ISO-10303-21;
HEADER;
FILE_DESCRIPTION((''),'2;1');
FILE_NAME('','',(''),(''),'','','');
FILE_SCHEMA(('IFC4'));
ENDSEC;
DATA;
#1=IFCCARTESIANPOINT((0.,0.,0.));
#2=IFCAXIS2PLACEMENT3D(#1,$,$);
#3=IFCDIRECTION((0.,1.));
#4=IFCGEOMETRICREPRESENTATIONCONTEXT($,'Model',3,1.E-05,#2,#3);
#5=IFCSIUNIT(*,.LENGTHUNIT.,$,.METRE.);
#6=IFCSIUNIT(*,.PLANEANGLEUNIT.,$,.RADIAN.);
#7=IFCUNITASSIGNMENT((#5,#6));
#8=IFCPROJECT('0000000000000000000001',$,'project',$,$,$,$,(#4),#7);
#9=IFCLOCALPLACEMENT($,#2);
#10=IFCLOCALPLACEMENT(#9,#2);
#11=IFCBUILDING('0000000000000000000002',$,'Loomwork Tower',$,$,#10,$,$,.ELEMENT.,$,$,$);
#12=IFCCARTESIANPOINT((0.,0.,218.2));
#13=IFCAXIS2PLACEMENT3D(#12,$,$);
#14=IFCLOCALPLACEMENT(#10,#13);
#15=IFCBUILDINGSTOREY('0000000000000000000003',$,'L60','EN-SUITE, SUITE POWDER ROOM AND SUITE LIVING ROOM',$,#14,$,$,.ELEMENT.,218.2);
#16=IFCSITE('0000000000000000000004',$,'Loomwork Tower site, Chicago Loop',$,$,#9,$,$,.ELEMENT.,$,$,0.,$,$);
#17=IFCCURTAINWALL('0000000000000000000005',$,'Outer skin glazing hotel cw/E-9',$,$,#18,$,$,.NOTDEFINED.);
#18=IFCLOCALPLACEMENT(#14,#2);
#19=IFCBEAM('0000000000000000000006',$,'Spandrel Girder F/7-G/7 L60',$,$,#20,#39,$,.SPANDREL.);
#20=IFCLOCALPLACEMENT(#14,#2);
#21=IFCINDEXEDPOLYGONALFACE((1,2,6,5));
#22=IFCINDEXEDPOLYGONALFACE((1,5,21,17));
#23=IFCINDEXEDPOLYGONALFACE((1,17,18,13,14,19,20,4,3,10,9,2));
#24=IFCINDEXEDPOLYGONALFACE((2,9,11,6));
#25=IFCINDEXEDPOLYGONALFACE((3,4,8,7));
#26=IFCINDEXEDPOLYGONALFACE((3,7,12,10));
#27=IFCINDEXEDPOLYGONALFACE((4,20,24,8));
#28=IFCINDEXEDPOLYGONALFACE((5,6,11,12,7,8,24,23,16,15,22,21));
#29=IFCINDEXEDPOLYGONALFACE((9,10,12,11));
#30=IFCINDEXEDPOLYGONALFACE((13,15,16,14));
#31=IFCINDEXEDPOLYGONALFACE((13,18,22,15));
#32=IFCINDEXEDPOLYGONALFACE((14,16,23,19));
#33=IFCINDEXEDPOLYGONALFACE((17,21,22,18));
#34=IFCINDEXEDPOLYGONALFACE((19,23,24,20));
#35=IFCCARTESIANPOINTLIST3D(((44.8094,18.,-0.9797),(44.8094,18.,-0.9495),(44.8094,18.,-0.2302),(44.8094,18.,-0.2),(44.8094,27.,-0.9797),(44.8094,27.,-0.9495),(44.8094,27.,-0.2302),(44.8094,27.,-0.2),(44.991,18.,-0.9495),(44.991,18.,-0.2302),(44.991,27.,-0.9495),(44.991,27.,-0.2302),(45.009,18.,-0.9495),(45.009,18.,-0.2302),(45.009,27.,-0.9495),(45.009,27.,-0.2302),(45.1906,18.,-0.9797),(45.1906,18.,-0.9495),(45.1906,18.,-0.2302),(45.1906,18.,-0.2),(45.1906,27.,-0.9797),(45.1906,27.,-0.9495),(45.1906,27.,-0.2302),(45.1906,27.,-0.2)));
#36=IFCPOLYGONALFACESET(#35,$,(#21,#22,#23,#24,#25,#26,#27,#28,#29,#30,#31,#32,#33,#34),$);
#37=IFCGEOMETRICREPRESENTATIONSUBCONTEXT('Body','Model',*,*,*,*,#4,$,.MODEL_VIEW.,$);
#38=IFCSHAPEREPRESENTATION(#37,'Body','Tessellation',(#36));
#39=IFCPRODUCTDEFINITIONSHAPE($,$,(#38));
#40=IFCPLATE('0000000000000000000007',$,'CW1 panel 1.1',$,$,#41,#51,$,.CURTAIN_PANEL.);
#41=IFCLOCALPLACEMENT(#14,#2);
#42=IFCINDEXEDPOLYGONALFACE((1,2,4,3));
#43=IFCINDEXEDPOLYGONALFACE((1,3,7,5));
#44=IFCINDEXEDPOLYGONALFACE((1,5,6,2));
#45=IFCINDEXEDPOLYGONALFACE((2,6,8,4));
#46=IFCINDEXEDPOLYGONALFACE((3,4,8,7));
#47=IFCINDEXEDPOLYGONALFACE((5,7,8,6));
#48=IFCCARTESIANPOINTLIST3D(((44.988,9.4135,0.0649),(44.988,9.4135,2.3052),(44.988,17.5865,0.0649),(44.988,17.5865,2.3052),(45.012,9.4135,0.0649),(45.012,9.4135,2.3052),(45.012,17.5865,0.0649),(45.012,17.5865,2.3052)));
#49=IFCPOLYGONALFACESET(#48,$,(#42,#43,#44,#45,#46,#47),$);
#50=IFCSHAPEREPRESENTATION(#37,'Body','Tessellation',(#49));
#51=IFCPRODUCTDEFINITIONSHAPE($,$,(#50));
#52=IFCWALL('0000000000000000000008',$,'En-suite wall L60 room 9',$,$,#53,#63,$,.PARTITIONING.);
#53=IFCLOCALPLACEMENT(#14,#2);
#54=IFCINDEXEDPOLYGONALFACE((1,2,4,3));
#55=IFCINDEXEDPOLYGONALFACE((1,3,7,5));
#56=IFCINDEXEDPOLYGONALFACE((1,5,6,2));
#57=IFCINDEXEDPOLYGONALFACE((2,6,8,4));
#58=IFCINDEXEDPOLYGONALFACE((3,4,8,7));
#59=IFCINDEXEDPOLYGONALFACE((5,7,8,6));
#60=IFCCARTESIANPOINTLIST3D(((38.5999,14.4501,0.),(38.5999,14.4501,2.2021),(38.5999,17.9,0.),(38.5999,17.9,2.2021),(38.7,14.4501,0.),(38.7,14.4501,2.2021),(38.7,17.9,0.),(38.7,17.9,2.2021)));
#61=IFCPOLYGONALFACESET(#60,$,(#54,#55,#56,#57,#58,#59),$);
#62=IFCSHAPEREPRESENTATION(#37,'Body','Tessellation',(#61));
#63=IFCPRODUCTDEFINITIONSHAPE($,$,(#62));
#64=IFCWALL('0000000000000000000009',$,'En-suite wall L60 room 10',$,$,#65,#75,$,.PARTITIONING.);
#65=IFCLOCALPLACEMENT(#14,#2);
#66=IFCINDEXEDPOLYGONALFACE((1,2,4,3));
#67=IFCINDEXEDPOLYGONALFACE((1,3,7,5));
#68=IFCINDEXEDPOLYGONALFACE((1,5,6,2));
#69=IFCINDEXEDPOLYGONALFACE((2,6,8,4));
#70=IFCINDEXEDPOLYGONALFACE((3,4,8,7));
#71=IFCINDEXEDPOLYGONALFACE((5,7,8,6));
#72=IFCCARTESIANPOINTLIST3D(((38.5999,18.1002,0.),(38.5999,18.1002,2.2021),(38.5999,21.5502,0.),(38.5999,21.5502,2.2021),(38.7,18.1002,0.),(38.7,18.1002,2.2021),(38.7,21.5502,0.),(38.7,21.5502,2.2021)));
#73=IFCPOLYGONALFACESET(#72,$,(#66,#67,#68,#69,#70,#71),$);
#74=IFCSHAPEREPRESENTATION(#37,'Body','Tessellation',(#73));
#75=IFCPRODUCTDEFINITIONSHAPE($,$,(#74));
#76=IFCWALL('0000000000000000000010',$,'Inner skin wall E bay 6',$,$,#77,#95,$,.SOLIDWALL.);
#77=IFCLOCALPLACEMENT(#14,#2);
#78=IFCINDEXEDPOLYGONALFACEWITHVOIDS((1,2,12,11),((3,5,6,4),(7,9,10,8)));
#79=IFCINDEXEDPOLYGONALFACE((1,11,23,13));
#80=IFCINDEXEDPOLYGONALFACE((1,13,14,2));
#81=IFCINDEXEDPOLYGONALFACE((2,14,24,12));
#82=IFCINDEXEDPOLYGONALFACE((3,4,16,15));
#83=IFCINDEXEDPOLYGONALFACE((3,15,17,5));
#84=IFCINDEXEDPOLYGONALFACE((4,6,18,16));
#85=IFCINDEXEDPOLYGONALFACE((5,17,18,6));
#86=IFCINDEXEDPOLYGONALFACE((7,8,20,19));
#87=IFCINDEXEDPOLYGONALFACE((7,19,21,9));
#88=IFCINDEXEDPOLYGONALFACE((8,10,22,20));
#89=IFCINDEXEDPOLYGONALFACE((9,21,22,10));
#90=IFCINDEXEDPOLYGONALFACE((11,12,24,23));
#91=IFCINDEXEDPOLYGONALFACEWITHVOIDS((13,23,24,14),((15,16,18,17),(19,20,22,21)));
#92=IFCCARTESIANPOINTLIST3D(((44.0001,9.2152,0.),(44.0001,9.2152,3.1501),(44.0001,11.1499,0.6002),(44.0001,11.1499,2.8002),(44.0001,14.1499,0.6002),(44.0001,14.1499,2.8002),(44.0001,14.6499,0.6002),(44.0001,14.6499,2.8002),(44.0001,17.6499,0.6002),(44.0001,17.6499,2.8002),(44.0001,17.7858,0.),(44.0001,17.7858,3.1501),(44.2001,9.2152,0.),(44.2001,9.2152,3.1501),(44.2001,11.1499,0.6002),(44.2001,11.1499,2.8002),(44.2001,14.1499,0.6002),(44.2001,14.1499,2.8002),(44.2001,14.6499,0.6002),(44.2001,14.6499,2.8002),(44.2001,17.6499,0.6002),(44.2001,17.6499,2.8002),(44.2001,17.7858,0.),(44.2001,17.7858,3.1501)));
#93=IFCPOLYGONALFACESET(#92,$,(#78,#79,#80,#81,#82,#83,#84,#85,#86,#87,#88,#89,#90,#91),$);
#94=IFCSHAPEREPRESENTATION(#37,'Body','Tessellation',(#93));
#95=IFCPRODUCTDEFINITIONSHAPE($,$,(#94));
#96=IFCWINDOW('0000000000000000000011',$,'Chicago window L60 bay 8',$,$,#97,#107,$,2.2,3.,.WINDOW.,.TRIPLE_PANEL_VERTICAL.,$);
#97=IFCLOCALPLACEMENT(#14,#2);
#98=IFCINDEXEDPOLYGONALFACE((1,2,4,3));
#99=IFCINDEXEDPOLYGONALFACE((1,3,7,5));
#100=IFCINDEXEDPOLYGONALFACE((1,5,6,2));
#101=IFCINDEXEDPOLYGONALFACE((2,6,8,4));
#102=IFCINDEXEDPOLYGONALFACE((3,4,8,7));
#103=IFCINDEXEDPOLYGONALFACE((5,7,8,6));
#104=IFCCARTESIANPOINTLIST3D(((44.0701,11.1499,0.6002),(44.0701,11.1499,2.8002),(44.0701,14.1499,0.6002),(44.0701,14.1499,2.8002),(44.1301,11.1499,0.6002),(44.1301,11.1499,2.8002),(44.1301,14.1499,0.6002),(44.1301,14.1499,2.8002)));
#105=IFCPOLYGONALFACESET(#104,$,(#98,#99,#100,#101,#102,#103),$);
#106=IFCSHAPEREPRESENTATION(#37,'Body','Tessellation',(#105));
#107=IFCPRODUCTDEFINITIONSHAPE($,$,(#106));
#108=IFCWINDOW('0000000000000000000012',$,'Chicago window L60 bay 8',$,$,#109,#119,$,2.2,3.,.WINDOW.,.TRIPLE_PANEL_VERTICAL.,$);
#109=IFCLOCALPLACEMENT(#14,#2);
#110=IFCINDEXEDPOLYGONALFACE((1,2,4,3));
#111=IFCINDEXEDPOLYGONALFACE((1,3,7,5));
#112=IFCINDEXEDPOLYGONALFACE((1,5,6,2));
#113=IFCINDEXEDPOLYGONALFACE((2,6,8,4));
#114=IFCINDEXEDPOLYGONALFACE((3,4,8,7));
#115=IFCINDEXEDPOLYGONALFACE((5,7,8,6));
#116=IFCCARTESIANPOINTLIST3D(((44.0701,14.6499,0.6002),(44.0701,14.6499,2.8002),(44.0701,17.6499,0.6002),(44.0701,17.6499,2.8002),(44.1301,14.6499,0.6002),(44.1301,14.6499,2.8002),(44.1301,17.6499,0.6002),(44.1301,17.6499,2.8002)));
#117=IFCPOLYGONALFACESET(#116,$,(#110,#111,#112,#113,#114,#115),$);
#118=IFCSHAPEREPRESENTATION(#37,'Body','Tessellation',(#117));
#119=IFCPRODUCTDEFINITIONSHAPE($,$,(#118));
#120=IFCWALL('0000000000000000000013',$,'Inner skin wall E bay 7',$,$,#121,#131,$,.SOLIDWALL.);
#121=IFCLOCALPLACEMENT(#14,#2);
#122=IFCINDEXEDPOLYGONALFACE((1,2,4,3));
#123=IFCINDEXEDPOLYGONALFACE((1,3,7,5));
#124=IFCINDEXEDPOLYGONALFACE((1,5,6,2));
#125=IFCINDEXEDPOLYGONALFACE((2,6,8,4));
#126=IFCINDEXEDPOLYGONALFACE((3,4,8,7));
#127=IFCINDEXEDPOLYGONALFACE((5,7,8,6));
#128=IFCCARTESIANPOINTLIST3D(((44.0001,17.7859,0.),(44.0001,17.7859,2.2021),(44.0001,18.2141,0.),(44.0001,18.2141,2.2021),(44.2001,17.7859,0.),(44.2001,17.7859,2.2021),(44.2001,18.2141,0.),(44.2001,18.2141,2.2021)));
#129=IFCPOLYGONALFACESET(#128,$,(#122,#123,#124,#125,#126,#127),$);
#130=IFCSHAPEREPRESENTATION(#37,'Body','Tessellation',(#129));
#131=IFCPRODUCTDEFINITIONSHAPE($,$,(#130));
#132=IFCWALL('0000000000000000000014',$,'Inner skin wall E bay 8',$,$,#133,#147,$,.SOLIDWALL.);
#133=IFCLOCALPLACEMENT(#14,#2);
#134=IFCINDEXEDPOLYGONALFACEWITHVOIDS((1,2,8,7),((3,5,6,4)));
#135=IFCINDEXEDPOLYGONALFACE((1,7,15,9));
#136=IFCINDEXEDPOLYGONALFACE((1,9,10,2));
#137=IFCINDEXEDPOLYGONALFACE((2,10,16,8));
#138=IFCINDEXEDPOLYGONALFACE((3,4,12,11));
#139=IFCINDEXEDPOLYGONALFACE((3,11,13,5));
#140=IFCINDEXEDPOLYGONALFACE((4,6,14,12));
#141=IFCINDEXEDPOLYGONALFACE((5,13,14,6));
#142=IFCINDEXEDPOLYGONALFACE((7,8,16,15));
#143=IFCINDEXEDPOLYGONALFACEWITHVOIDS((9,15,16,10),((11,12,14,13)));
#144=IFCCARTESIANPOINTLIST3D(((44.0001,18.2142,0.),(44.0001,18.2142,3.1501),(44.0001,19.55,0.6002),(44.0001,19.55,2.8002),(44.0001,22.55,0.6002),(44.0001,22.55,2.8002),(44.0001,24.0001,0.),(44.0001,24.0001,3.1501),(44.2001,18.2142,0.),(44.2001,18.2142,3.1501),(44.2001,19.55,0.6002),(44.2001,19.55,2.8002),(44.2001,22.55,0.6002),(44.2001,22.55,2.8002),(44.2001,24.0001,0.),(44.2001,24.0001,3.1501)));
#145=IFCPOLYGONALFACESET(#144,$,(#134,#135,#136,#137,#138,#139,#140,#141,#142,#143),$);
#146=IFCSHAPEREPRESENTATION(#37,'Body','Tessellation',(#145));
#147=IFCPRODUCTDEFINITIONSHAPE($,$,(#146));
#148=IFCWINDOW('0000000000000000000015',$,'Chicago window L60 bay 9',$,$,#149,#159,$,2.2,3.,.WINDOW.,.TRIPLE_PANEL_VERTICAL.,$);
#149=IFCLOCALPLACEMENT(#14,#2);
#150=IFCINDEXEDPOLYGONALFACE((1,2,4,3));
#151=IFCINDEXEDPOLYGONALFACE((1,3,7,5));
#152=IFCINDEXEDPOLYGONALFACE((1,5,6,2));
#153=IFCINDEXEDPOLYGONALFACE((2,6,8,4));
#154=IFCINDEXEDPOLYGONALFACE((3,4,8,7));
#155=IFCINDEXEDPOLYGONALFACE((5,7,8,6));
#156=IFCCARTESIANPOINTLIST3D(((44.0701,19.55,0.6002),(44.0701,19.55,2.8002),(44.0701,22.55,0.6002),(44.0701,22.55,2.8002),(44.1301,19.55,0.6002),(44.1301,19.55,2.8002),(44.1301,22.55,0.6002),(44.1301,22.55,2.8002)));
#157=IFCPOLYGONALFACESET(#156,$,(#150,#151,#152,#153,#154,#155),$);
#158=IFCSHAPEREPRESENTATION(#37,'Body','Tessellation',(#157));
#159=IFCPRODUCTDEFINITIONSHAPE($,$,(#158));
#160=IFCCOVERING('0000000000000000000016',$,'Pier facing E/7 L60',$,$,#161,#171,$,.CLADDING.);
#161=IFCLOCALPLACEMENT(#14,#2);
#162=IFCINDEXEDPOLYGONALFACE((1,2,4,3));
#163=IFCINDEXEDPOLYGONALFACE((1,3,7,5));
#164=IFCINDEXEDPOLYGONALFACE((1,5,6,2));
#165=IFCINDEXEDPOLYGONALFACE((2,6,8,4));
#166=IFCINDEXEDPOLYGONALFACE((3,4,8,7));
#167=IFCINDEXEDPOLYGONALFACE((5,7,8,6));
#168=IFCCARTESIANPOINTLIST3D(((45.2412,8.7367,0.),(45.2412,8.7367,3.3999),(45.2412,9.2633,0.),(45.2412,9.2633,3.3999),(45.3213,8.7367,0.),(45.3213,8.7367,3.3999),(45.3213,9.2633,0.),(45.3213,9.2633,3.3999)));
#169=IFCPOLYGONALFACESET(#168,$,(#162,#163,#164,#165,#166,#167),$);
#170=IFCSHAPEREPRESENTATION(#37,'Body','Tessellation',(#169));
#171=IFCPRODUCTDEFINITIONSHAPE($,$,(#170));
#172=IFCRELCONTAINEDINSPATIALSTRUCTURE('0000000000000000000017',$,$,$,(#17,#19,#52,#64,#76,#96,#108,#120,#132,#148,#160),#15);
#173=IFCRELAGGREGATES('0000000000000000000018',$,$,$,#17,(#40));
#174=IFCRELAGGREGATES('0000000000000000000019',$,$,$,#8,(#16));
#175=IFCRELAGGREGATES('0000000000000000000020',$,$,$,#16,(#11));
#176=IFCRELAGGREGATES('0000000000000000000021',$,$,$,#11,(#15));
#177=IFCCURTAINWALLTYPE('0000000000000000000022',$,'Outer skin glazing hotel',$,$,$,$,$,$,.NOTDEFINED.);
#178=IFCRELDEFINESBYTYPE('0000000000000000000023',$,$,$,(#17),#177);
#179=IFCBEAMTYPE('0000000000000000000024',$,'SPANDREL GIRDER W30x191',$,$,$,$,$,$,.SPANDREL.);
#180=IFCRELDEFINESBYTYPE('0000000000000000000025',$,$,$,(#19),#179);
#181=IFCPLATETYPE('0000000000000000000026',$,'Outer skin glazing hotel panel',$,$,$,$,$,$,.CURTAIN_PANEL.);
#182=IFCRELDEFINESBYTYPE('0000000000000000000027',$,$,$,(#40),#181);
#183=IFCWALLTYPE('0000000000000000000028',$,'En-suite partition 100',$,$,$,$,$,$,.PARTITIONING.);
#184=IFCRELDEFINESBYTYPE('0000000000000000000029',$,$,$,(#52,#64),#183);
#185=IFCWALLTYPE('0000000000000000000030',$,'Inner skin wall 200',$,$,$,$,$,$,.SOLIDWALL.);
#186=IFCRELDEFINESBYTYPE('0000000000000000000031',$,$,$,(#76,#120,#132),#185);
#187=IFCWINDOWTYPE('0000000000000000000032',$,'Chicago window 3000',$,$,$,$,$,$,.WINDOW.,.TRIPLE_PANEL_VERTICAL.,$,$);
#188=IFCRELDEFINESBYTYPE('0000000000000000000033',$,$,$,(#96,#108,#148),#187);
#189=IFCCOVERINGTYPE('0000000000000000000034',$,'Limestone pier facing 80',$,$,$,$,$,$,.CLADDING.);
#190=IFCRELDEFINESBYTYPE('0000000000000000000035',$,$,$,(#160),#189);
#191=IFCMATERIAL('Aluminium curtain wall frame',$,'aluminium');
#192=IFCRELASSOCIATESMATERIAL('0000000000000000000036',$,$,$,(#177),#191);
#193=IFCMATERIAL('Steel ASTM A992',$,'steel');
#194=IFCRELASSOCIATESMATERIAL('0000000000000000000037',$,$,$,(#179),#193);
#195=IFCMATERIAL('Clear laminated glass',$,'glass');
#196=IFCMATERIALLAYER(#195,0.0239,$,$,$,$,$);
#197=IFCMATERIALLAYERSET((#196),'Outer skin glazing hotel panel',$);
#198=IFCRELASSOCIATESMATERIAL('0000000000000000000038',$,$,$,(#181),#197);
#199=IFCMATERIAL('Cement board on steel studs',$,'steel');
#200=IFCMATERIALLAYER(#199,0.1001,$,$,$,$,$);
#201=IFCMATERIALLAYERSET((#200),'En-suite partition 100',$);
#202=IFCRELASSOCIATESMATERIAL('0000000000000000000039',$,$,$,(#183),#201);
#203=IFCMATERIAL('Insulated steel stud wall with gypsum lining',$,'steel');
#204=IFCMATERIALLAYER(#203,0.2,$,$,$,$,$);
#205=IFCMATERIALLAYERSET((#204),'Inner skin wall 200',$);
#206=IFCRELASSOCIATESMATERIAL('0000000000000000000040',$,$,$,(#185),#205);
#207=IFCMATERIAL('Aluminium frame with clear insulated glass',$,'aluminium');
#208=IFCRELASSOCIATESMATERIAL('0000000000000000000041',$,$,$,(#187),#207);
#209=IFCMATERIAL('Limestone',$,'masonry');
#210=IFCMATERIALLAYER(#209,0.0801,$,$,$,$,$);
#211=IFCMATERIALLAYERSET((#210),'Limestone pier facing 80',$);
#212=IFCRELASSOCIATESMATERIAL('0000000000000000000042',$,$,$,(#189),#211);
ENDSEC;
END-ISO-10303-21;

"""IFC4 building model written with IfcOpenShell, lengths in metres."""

from ifc_helpers import new_model, si_unit, direction, frame, frame_2d, origin, origin_2d, place, context, subcontext, project, spatial, rectangle, i_section, extrude, material, layer, layer_set, material_profile, profile_set, type_object, element, fill, aggregate, save


model = new_model("IFC4")

# Units and contexts
model_context = context("Model", 3, precision=1e-05, world=origin(), true_north=direction((0.0, 1.0)))
body_context = subcontext(model_context, "Body", "Model", "MODEL_VIEW")
ifc_project = project(units=[si_unit("LENGTHUNIT", "METRE"), si_unit("PLANEANGLEUNIT", "RADIAN")], contexts=[model_context])

# Site, building, storey
site_placement = place(None, origin())
site = spatial("IfcSite", under=ifc_project, at=site_placement, Name="Loomwork Tower site, Chicago Loop", CompositionType="ELEMENT", RefElevation=0.0)
building_placement = place(site_placement, origin())
building = spatial("IfcBuilding", under=site, at=building_placement, Name="Loomwork Tower", CompositionType="ELEMENT")
storey_placement = place(building_placement, frame((0.0, 0.0, 218.2)))
storey = spatial("IfcBuildingStorey", under=building, at=storey_placement, Name="L60", Description="EN-SUITE, SUITE POWDER ROOM AND SUITE LIVING ROOM", CompositionType="ELEMENT", Elevation=218.2)

# Curtain wall
ifc_material_1 = material(Name="Aluminium curtain wall frame", Category="aluminium")
curtain_wall_type = type_object("IfcCurtainWallType", Name="Outer skin glazing hotel", PredefinedType="NOTDEFINED", material=ifc_material_1)
curtain_wall_1_placement = place(storey_placement, origin())
curtain_wall_1 = element("IfcCurtainWall", 1, at=curtain_wall_1_placement, inside=storey, type_object=curtain_wall_type, Name="Outer skin glazing hotel cw/E-9", PredefinedType="NOTDEFINED")

# Beam
ifc_material_2 = material(Name="Steel ASTM A992", Category="steel")
ifc_material_profile_1 = material_profile(ifc_material_2, i_section(OverallWidth=0.3811, OverallDepth=0.7798, WebThickness=0.0181, FlangeThickness=0.0303, at=origin_2d()), Name="W30x191")
ifc_profile_set_1 = profile_set([ifc_material_profile_1], Name="Steel ASTM A992")
beam_type_1 = type_object("IfcBeamType", Name="SPANDREL GIRDER W30x191", PredefinedType="SPANDREL", material=ifc_profile_set_1)
for number, where, z_axis, x_axis, name in (
    (2, (45.0, 18.0, -0.5898), (0.0, 1.0, 0.0), (-1.0, 0.0, 0.0), "Spandrel Girder F/7-G/7 L60"),
):
    element("IfcBeam", number, at=place(storey_placement, frame(where, z_axis=z_axis, x_axis=x_axis)), inside=storey, type_object=beam_type_1, Name=name, PredefinedType="SPANDREL", context=body_context, shape_type="SweptSolid", body=[
        extrude(i_section(OverallWidth=0.3811, OverallDepth=0.7798, WebThickness=0.0181, FlangeThickness=0.0303, at=origin_2d()), origin(), (0.0, 0.0, 1.0), 9.0),
    ])

# Plate
ifc_material_3 = material(Name="Clear laminated glass", Category="glass")
ifc_layer_1 = layer(ifc_material_3, 0.0239)
ifc_layer_set_1 = layer_set([ifc_layer_1], Name="Outer skin glazing hotel panel")
plate_type = type_object("IfcPlateType", Name="Outer skin glazing hotel panel", PredefinedType="CURTAIN_PANEL", material=ifc_layer_set_1)
plate_placement = place(storey_placement, frame((45.0, 13.5, 0.0649), z_axis=(0.0, 0.0, 1.0), x_axis=(0.0, 1.0, 0.0)))
plate = element("IfcPlate", 3, at=plate_placement, type_object=plate_type, Name="CW1 panel 1.1", PredefinedType="CURTAIN_PANEL", context=body_context, shape_type="SweptSolid", body=[
    extrude(rectangle(XDim=8.1731, YDim=0.0239, at=origin_2d()), origin(), (0.0, 0.0, 1.0), 2.2402),
])
aggregate(curtain_wall_1, [plate])

# Walls
ifc_material_4 = material(Name="Cement board on steel studs", Category="steel")
ifc_layer_2 = layer(ifc_material_4, 0.1001)
ifc_layer_set_2 = layer_set([ifc_layer_2], Name="En-suite partition 100")
wall_type_1 = type_object("IfcWallType", Name="En-suite partition 100", PredefinedType="PARTITIONING", material=ifc_layer_set_2)
for number, where, z_axis, x_axis, name in (
    (4, (38.6499, 14.45, 0.0), (0.0, 0.0, 1.0), (0.0, 1.0, 0.0), "En-suite wall L60 room 9"),
    (5, (38.6499, 18.1001, 0.0), (0.0, 0.0, 1.0), (0.0, 1.0, 0.0), "En-suite wall L60 room 10"),
):
    element("IfcWall", number, at=place(storey_placement, frame(where, z_axis=z_axis, x_axis=x_axis)), inside=storey, type_object=wall_type_1, Name=name, PredefinedType="PARTITIONING", context=body_context, shape_type="SweptSolid", body=[
        extrude(rectangle(XDim=3.45, YDim=0.1001, at=frame_2d((1.7251, 0.0))), origin(), (0.0, 0.0, 1.0), 2.2021),
    ])

# Wall, openings, windows
ifc_material_5 = material(Name="Insulated steel stud wall with gypsum lining", Category="steel")
ifc_layer_3 = layer(ifc_material_5, 0.2)
ifc_layer_set_3 = layer_set([ifc_layer_3], Name="Inner skin wall 200")
wall_type_2 = type_object("IfcWallType", Name="Inner skin wall 200", PredefinedType="SOLIDWALL", material=ifc_layer_set_3)
wall_1_placement = place(storey_placement, frame((44.1001, 9.2153, 0.0), z_axis=(0.0, 0.0, 1.0), x_axis=(0.0, 1.0, 0.0)))
wall_1 = element("IfcWall", 6, at=wall_1_placement, inside=storey, type_object=wall_type_2, Name="Inner skin wall E bay 6", PredefinedType="SOLIDWALL", context=body_context, shape_type="SweptSolid", body=[
    extrude(rectangle(XDim=8.5706, YDim=0.2, at=frame_2d((4.2852, 0.0))), origin(), (0.0, 0.0, 1.0), 3.1501),
])
opening_1_placement = place(wall_1_placement, frame((1.9346, 0.0, 0.6001)))
opening_1 = element("IfcOpeningElement", 7, at=opening_1_placement, cuts=wall_1, PredefinedType="OPENING", context=body_context, shape_type="SweptSolid", body=[
    extrude(rectangle(XDim=3.0, YDim=2.2, at=frame_2d((1.5, 1.1001))), frame((0.0, 0.1099, 0.0), z_axis=(0.0, -1.0, 0.0), x_axis=(1.0, 0.0, 0.0)), (0.0, 0.0, 1.0), 0.22),
])
opening_2_placement = place(wall_1_placement, frame((5.4346, 0.0, 0.6001)))
opening_2 = element("IfcOpeningElement", 8, at=opening_2_placement, cuts=wall_1, PredefinedType="OPENING", context=body_context, shape_type="SweptSolid", body=[
    extrude(rectangle(XDim=3.0, YDim=2.2, at=frame_2d((1.5, 1.1001))), frame((0.0, 0.1099, 0.0), z_axis=(0.0, -1.0, 0.0), x_axis=(1.0, 0.0, 0.0)), (0.0, 0.0, 1.0), 0.22),
])
ifc_material_6 = material(Name="Aluminium frame with clear insulated glass", Category="aluminium")
window_type = type_object("IfcWindowType", Name="Chicago window 3000", PartitioningType="TRIPLE_PANEL_VERTICAL", PredefinedType="WINDOW", material=ifc_material_6)
window_1_placement = place(opening_1_placement, origin())
window_1 = element("IfcWindow", 9, at=window_1_placement, inside=storey, type_object=window_type, Name="Chicago window L60 bay 8", OverallHeight=2.2, OverallWidth=3.0, PartitioningType="TRIPLE_PANEL_VERTICAL", PredefinedType="WINDOW", context=body_context, shape_type="SweptSolid", body=[
    extrude(rectangle(XDim=3.0, YDim=2.2, at=frame_2d((1.5, 1.1001))), frame((0.0, 0.03, 0.0), z_axis=(0.0, -1.0, 0.0), x_axis=(1.0, 0.0, 0.0)), (0.0, 0.0, 1.0), 0.0601),
])
fill(opening_1, window_1)
window_2_placement = place(opening_2_placement, origin())
window_2 = element("IfcWindow", 10, at=window_2_placement, inside=storey, type_object=window_type, Name="Chicago window L60 bay 8", OverallHeight=2.2, OverallWidth=3.0, PartitioningType="TRIPLE_PANEL_VERTICAL", PredefinedType="WINDOW", context=body_context, shape_type="SweptSolid", body=[
    extrude(rectangle(XDim=3.0, YDim=2.2, at=frame_2d((1.5, 1.1001))), frame((0.0, 0.03, 0.0), z_axis=(0.0, -1.0, 0.0), x_axis=(1.0, 0.0, 0.0)), (0.0, 0.0, 1.0), 0.0601),
])
fill(opening_2, window_2)

# Wall
wall_2_placement = place(storey_placement, frame((44.1001, 17.7859, 0.0), z_axis=(0.0, 0.0, 1.0), x_axis=(0.0, 1.0, 0.0)))
element("IfcWall", 11, at=wall_2_placement, inside=storey, type_object=wall_type_2, Name="Inner skin wall E bay 7", PredefinedType="SOLIDWALL", context=body_context, shape_type="SweptSolid", body=[
    extrude(rectangle(XDim=0.4282, YDim=0.2, at=frame_2d((0.2141, 0.0))), origin(), (0.0, 0.0, 1.0), 2.2021),
])

# Wall, opening, window
wall_3_placement = place(storey_placement, frame((44.1001, 18.2141, 0.0), z_axis=(0.0, 0.0, 1.0), x_axis=(0.0, 1.0, 0.0)))
wall_3 = element("IfcWall", 12, at=wall_3_placement, inside=storey, type_object=wall_type_2, Name="Inner skin wall E bay 8", PredefinedType="SOLIDWALL", context=body_context, shape_type="SweptSolid", body=[
    extrude(rectangle(XDim=5.7859, YDim=0.2, at=frame_2d((2.8931, 0.0))), origin(), (0.0, 0.0, 1.0), 3.1501),
])
opening_3_placement = place(wall_3_placement, frame((1.3359, 0.0, 0.6001)))
opening_3 = element("IfcOpeningElement", 13, at=opening_3_placement, cuts=wall_3, PredefinedType="OPENING", context=body_context, shape_type="SweptSolid", body=[
    extrude(rectangle(XDim=3.0, YDim=2.2, at=frame_2d((1.5, 1.1001))), frame((0.0, 0.1099, 0.0), z_axis=(0.0, -1.0, 0.0), x_axis=(1.0, 0.0, 0.0)), (0.0, 0.0, 1.0), 0.22),
])
window_3_placement = place(opening_3_placement, origin())
window_3 = element("IfcWindow", 14, at=window_3_placement, inside=storey, type_object=window_type, Name="Chicago window L60 bay 9", OverallHeight=2.2, OverallWidth=3.0, PartitioningType="TRIPLE_PANEL_VERTICAL", PredefinedType="WINDOW", context=body_context, shape_type="SweptSolid", body=[
    extrude(rectangle(XDim=3.0, YDim=2.2, at=frame_2d((1.5, 1.1001))), frame((0.0, 0.03, 0.0), z_axis=(0.0, -1.0, 0.0), x_axis=(1.0, 0.0, 0.0)), (0.0, 0.0, 1.0), 0.0601),
])
fill(opening_3, window_3)

# Covering
ifc_material_7 = material(Name="Limestone", Category="masonry")
ifc_layer_4 = layer(ifc_material_7, 0.0801)
ifc_layer_set_4 = layer_set([ifc_layer_4], Name="Limestone pier facing 80")
covering_type = type_object("IfcCoveringType", Name="Limestone pier facing 80", PredefinedType="CLADDING", material=ifc_layer_set_4)
for number, where, z_axis, x_axis, name in (
    (15, (45.2812, 9.0, 0.0), (0.0, 0.0, 1.0), (1.0, 0.0, 0.0), "Pier facing E/7 L60"),
):
    element("IfcCovering", number, at=place(storey_placement, frame(where, z_axis=z_axis, x_axis=x_axis)), inside=storey, type_object=covering_type, Name=name, PredefinedType="CLADDING", context=body_context, shape_type="SweptSolid", body=[
        extrude(rectangle(XDim=0.0801, YDim=0.5266, at=origin_2d()), origin(), (0.0, 0.0, 1.0), 3.3999),
    ])

save(model, "model.ifc")
